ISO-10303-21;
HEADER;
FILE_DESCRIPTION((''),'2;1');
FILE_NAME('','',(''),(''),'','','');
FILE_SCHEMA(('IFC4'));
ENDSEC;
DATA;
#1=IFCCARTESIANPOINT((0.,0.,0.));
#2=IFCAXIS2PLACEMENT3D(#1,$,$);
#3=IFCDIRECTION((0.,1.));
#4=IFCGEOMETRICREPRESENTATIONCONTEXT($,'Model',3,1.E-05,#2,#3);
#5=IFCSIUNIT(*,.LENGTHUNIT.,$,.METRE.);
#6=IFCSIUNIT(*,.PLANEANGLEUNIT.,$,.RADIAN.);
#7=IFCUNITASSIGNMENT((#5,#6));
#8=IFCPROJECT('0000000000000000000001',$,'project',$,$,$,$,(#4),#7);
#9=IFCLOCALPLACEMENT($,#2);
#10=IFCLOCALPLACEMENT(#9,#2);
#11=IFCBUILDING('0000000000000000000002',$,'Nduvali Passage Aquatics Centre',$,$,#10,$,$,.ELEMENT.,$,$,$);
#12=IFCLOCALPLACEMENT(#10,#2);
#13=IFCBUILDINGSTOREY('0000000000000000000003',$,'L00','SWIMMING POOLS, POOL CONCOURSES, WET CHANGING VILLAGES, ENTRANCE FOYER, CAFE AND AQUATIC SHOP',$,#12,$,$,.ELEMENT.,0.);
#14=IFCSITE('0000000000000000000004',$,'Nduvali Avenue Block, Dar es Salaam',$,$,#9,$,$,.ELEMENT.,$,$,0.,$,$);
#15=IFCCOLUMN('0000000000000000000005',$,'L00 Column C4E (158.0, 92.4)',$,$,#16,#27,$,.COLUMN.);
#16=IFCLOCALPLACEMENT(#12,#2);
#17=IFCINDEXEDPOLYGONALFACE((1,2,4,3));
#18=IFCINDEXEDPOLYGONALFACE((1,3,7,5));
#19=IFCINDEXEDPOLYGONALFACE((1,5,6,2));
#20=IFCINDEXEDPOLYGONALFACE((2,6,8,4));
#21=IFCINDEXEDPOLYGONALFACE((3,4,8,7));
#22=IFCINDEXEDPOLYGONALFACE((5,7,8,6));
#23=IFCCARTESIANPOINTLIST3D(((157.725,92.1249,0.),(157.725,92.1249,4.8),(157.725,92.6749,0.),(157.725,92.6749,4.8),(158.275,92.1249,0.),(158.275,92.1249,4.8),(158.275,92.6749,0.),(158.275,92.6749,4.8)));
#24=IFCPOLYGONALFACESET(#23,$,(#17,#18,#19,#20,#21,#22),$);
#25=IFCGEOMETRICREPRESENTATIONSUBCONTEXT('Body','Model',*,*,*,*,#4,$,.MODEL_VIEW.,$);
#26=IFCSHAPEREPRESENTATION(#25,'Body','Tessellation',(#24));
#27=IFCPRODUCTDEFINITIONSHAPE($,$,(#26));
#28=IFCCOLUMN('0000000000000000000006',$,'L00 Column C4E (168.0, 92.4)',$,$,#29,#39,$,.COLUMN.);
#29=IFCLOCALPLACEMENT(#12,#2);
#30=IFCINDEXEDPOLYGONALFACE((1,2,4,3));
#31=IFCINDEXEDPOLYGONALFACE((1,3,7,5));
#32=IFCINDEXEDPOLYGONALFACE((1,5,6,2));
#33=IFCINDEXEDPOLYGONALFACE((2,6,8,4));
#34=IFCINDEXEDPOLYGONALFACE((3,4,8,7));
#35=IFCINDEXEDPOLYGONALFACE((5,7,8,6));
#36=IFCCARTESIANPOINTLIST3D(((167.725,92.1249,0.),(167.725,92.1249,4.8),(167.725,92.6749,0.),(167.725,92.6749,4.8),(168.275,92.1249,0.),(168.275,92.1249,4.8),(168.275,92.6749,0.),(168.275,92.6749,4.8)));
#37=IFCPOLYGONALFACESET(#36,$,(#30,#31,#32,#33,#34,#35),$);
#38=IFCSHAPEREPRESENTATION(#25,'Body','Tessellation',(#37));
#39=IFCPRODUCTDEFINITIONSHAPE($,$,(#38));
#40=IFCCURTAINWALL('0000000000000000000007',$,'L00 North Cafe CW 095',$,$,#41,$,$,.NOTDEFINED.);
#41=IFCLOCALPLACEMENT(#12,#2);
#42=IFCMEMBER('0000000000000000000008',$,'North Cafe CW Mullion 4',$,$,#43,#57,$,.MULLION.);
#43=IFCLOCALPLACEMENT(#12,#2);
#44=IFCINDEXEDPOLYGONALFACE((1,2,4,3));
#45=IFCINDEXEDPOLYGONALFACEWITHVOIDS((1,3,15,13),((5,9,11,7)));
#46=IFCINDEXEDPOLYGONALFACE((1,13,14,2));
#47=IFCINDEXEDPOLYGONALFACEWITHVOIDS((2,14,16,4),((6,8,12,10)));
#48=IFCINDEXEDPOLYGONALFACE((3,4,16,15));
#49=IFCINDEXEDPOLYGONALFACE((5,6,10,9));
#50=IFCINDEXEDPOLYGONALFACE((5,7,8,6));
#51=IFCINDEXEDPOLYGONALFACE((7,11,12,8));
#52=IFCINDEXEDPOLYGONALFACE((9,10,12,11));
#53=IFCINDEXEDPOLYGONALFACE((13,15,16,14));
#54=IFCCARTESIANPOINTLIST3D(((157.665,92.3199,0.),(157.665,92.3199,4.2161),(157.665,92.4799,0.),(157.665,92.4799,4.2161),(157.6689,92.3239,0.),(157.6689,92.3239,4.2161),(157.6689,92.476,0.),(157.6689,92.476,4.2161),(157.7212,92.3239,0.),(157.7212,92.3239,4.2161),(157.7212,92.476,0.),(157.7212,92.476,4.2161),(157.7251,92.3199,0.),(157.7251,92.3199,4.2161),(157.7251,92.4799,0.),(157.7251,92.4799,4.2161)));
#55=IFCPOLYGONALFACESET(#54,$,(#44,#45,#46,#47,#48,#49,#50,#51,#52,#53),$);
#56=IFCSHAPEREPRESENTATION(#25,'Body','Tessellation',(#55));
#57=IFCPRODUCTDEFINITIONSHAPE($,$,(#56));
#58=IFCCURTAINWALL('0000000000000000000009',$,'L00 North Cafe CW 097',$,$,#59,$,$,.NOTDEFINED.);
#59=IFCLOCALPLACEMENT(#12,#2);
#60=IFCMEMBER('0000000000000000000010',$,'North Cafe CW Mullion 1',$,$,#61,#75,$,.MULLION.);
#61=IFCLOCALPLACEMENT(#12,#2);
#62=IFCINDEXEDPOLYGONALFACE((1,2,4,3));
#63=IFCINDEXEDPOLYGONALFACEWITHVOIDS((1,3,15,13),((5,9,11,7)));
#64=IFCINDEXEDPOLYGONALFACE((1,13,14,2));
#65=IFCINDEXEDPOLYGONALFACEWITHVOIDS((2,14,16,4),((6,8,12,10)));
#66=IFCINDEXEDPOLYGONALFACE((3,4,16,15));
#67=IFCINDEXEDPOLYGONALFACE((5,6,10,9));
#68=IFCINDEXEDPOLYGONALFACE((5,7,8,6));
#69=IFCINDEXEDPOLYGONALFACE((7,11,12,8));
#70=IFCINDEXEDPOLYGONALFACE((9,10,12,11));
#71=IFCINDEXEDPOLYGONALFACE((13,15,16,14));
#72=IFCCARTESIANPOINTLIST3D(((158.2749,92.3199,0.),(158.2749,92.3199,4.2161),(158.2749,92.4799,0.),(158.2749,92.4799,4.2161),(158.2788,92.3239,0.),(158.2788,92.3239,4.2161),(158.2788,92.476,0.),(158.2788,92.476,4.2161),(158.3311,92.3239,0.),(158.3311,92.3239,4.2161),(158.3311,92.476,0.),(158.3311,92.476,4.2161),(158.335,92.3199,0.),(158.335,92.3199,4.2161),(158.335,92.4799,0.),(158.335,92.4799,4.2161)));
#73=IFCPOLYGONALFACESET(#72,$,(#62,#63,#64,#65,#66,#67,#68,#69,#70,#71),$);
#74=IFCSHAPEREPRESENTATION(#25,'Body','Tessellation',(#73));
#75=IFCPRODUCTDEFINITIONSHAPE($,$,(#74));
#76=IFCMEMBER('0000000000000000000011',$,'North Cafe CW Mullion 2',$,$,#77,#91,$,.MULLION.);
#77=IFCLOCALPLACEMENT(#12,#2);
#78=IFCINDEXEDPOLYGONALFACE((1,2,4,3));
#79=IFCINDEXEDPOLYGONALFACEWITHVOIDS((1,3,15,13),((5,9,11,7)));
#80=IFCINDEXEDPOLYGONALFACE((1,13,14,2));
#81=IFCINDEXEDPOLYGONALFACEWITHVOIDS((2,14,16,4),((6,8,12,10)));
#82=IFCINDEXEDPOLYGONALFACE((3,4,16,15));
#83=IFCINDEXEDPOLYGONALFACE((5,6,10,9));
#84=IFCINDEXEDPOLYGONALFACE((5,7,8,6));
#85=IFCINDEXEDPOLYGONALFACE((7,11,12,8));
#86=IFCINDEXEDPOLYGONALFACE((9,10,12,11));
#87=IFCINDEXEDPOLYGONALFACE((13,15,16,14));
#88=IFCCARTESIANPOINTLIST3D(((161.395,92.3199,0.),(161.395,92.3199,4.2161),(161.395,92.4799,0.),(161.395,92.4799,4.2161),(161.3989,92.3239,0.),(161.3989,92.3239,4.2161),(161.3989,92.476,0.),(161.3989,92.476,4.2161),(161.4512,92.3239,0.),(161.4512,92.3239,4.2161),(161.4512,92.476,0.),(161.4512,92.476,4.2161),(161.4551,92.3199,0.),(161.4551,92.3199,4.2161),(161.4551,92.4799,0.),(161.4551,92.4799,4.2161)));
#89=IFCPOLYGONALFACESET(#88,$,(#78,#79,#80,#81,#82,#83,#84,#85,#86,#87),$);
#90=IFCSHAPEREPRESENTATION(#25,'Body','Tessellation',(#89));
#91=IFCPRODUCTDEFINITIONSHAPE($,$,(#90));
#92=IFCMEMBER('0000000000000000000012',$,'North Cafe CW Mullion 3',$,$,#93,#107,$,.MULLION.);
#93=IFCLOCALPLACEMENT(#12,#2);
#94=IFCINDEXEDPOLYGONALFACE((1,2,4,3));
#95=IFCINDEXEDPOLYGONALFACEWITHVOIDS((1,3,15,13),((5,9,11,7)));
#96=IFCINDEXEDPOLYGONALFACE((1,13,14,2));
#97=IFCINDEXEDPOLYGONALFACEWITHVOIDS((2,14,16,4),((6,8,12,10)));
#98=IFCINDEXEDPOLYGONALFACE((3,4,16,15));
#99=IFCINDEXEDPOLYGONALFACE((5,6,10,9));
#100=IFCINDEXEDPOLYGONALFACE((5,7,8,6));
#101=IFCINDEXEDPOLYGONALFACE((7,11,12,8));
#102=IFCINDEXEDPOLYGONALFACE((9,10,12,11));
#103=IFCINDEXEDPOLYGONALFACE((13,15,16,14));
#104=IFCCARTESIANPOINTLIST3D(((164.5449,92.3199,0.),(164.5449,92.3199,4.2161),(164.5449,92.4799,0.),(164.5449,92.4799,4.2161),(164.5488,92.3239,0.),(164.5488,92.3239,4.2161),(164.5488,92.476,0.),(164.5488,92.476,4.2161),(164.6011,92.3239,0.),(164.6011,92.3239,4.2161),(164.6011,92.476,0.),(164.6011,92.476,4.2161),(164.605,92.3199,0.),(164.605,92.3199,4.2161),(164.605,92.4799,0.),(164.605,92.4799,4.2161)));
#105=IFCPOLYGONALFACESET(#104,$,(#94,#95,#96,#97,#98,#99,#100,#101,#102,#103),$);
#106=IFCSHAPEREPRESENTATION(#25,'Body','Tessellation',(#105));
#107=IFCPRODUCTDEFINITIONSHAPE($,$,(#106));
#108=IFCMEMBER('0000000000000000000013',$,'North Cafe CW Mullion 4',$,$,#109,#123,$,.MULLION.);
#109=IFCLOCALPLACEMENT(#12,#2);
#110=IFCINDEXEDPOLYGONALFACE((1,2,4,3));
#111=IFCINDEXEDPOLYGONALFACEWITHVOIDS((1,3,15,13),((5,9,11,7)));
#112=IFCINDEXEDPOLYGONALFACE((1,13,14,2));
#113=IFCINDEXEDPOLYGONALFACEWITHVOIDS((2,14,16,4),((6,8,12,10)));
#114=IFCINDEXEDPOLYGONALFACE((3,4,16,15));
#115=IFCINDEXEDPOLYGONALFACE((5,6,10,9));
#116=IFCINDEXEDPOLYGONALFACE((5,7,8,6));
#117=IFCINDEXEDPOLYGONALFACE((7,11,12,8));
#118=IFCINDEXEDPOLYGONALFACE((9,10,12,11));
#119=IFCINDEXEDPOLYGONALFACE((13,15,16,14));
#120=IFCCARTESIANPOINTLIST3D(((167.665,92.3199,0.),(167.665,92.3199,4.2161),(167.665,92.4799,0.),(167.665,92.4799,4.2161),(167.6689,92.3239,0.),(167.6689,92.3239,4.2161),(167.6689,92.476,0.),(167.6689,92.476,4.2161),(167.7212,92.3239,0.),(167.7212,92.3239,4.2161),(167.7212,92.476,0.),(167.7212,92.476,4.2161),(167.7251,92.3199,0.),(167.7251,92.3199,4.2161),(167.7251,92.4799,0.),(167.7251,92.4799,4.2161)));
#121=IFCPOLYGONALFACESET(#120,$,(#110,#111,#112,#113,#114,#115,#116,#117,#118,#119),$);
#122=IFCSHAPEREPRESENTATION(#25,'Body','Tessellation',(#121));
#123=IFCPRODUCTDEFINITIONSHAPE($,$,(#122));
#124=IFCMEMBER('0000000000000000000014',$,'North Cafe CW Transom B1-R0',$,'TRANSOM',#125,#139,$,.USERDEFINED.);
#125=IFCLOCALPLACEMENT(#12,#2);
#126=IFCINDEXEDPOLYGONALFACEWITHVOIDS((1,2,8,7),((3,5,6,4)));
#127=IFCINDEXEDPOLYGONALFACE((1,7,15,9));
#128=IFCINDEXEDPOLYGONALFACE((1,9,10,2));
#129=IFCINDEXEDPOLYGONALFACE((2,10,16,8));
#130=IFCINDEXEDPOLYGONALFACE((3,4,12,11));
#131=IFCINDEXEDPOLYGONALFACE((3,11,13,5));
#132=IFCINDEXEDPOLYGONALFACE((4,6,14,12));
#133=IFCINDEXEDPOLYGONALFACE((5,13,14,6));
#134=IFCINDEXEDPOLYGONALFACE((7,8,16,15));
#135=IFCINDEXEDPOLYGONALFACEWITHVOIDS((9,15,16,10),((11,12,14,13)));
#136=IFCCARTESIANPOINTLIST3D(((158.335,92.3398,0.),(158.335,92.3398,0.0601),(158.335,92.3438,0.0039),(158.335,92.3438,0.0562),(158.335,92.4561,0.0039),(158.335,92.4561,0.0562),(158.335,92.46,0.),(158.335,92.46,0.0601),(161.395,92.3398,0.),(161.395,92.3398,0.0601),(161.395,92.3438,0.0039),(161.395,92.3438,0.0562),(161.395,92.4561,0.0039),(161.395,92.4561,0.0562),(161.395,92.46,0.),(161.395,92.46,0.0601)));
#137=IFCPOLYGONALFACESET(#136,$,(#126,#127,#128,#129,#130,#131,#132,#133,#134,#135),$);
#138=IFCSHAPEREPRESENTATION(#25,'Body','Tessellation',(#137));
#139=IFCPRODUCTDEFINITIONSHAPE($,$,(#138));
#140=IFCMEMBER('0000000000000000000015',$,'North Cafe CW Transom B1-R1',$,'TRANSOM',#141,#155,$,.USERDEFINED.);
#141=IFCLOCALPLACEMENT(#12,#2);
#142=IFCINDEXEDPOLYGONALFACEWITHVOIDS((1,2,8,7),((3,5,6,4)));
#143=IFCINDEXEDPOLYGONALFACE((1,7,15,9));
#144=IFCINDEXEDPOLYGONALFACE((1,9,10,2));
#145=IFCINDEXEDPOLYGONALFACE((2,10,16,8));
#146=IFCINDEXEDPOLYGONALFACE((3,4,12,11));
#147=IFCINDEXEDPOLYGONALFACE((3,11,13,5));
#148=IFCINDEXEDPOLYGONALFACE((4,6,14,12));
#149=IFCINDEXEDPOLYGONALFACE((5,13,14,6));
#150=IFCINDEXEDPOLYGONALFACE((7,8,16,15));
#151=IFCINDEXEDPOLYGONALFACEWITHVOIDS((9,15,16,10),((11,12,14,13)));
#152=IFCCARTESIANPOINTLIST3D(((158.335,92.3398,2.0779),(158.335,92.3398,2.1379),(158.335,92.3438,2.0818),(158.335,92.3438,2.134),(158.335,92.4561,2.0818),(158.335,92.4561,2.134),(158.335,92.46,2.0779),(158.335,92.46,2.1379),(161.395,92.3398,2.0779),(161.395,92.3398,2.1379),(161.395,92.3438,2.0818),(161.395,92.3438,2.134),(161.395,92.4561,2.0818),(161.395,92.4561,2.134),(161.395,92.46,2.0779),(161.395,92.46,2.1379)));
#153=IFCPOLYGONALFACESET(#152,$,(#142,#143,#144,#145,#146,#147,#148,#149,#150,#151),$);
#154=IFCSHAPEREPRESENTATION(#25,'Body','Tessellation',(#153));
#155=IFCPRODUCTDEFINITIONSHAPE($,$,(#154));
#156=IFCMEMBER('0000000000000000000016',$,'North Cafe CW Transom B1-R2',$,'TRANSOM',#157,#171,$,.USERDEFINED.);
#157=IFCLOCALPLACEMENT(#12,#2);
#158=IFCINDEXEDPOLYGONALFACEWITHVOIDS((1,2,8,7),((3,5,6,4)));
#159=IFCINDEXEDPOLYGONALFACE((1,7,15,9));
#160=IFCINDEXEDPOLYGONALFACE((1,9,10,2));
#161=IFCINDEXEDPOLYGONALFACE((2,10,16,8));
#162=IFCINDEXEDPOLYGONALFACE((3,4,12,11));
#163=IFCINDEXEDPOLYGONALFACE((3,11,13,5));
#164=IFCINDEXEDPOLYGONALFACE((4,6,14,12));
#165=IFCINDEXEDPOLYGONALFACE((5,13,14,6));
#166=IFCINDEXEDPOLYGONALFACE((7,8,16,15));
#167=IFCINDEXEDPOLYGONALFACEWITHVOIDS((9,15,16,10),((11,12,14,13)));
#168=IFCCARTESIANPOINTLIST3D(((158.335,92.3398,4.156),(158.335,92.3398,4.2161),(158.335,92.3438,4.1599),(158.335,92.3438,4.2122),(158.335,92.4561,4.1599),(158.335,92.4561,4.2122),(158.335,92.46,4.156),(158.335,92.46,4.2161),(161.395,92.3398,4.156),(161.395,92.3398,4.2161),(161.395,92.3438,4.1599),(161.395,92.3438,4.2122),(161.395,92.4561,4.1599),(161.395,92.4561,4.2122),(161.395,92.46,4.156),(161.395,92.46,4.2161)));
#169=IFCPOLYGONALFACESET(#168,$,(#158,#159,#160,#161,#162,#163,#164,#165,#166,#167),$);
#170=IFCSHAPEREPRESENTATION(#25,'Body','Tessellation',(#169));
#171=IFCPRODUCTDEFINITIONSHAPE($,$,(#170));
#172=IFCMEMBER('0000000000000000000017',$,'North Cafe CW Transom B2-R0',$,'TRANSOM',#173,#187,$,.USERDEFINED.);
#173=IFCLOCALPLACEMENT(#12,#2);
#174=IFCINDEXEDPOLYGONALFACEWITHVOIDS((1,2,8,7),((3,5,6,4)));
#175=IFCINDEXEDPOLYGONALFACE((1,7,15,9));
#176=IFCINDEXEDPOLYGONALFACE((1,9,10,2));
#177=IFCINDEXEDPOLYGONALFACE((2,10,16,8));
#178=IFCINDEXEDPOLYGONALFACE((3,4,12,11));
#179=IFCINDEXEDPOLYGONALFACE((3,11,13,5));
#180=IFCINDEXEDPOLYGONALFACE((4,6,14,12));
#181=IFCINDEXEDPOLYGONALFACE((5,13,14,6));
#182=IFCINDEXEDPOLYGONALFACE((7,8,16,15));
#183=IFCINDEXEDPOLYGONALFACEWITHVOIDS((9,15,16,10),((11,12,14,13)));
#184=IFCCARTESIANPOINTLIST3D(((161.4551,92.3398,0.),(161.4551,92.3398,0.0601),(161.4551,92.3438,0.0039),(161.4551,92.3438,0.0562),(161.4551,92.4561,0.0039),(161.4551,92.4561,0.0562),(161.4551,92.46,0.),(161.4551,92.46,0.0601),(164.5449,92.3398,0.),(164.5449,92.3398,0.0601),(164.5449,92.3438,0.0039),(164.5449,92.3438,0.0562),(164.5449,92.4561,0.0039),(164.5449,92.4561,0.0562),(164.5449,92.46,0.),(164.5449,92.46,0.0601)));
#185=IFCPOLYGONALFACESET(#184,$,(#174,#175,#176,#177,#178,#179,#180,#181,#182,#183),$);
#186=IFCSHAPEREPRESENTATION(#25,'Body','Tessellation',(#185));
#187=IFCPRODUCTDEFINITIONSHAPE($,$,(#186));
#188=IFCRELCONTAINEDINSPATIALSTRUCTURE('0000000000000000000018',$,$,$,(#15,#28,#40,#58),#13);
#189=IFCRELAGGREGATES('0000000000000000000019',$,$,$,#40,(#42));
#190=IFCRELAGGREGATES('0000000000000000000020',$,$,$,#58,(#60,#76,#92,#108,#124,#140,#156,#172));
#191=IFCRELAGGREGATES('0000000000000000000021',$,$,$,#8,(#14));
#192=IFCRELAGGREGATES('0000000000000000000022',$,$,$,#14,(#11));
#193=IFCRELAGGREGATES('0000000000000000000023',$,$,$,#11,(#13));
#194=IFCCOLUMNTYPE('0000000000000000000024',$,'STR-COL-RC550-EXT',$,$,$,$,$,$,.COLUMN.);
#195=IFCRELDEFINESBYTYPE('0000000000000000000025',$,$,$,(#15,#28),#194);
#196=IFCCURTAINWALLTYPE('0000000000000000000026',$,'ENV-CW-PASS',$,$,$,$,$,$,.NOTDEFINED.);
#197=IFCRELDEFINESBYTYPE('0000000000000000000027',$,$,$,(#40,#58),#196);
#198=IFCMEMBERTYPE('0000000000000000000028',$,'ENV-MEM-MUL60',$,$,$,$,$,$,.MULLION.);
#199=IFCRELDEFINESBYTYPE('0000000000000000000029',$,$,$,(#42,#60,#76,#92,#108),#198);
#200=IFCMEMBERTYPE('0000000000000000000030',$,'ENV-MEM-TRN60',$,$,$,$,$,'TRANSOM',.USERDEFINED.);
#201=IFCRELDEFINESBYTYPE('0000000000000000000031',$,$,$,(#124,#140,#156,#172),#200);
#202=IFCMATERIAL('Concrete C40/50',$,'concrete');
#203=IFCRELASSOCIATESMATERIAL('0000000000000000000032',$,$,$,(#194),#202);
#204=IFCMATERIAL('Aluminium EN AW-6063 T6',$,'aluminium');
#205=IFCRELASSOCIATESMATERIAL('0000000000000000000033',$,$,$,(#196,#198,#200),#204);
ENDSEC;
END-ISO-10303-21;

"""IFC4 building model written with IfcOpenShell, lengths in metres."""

from ifc_helpers import new_model, si_unit, direction, frame, origin, origin_2d, place, context, subcontext, project, spatial, rectangle, hollow_rectangle, extrude, material, material_profile, profile_set, type_object, element, aggregate, save


model = new_model("IFC4")

# Units and contexts
model_context = context("Model", 3, precision=1e-05, world=origin(), true_north=direction((0.0, 1.0)))
body_context = subcontext(model_context, "Body", "Model", "MODEL_VIEW")
ifc_project = project(units=[si_unit("LENGTHUNIT", "METRE"), si_unit("PLANEANGLEUNIT", "RADIAN")], contexts=[model_context])

# Site, building, storey
site_placement = place(None, origin())
site = spatial("IfcSite", under=ifc_project, at=site_placement, Name="Nduvali Avenue Block, Dar es Salaam", CompositionType="ELEMENT", RefElevation=0.0)
building_placement = place(site_placement, origin())
building = spatial("IfcBuilding", under=site, at=building_placement, Name="Nduvali Passage Aquatics Centre", CompositionType="ELEMENT")
storey_placement = place(building_placement, origin())
storey = spatial("IfcBuildingStorey", under=building, at=storey_placement, Name="L00", Description="SWIMMING POOLS, POOL CONCOURSES, WET CHANGING VILLAGES, ENTRANCE FOYER, CAFE AND AQUATIC SHOP", CompositionType="ELEMENT", Elevation=0.0)

# Columns
ifc_material_1 = material(Name="Concrete C40/50", Category="concrete")
ifc_material_profile_1 = material_profile(ifc_material_1, rectangle(XDim=0.55, YDim=0.55, at=origin_2d()), Name="RC 550x550")
ifc_profile_set_1 = profile_set([ifc_material_profile_1], Name="Concrete C40/50")
column_type = type_object("IfcColumnType", Name="STR-COL-RC550-EXT", PredefinedType="COLUMN", material=ifc_profile_set_1)
for number, where, z_axis, x_axis, name in (
    (1, (158.0, 92.3999, 0.0), (0.0, 0.0, 1.0), (1.0, 0.0, 0.0), "L00 Column C4E (158.0, 92.4)"),
    (2, (168.0, 92.3999, 0.0), (0.0, 0.0, 1.0), (1.0, 0.0, 0.0), "L00 Column C4E (168.0, 92.4)"),
):
    element("IfcColumn", number, at=place(storey_placement, frame(where, z_axis=z_axis, x_axis=x_axis)), inside=storey, type_object=column_type, Name=name, PredefinedType="COLUMN", context=body_context, shape_type="SweptSolid", body=[
        extrude(rectangle(XDim=0.55, YDim=0.55, at=origin_2d()), origin(), (0.0, 0.0, 1.0), 4.8),
    ])

# Curtain wall, member
ifc_material_2 = material(Name="Aluminium EN AW-6063 T6", Category="aluminium")
curtain_wall_type = type_object("IfcCurtainWallType", Name="ENV-CW-PASS", PredefinedType="NOTDEFINED", material=ifc_material_2)
curtain_wall_1_placement = place(storey_placement, origin())
curtain_wall_1 = element("IfcCurtainWall", 3, at=curtain_wall_1_placement, inside=storey, type_object=curtain_wall_type, Name="L00 North Cafe CW 095", PredefinedType="NOTDEFINED")
ifc_material_profile_2 = material_profile(ifc_material_2, hollow_rectangle(XDim=0.0601, YDim=0.1599, WallThickness=0.0039, at=origin_2d()), Name="ALU MULLION 60x160x4")
ifc_profile_set_2 = profile_set([ifc_material_profile_2], Name="Aluminium EN AW-6063 T6")
member_type_1 = type_object("IfcMemberType", Name="ENV-MEM-MUL60", PredefinedType="MULLION", material=ifc_profile_set_2)
member_1_placement = place(storey_placement, frame((157.6951, 92.3999, 0.0), z_axis=(0.0, 0.0, 1.0), x_axis=(1.0, 0.0, 0.0)))
member_1 = element("IfcMember", 4, at=member_1_placement, type_object=member_type_1, Name="North Cafe CW Mullion 4", PredefinedType="MULLION", context=body_context, shape_type="SweptSolid", body=[
    extrude(hollow_rectangle(XDim=0.0601, YDim=0.1599, WallThickness=0.0039, at=origin_2d()), origin(), (0.0, 0.0, 1.0), 4.2161),
])

# Curtain wall, members
curtain_wall_2_placement = place(storey_placement, origin())
curtain_wall_2 = element("IfcCurtainWall", 5, at=curtain_wall_2_placement, inside=storey, type_object=curtain_wall_type, Name="L00 North Cafe CW 097", PredefinedType="NOTDEFINED")
member_2_placement = place(storey_placement, frame((158.3049, 92.3999, 0.0), z_axis=(0.0, 0.0, 1.0), x_axis=(1.0, 0.0, 0.0)))
member_2 = element("IfcMember", 6, at=member_2_placement, type_object=member_type_1, Name="North Cafe CW Mullion 1", PredefinedType="MULLION", context=body_context, shape_type="SweptSolid", body=[
    extrude(hollow_rectangle(XDim=0.0601, YDim=0.1599, WallThickness=0.0039, at=origin_2d()), origin(), (0.0, 0.0, 1.0), 4.2161),
])
member_3_placement = place(storey_placement, frame((161.425, 92.3999, 0.0), z_axis=(0.0, 0.0, 1.0), x_axis=(1.0, 0.0, 0.0)))
member_3 = element("IfcMember", 7, at=member_3_placement, type_object=member_type_1, Name="North Cafe CW Mullion 2", PredefinedType="MULLION", context=body_context, shape_type="SweptSolid", body=[
    extrude(hollow_rectangle(XDim=0.0601, YDim=0.1599, WallThickness=0.0039, at=origin_2d()), origin(), (0.0, 0.0, 1.0), 4.2161),
])
member_4_placement = place(storey_placement, frame((164.575, 92.3999, 0.0), z_axis=(0.0, 0.0, 1.0), x_axis=(1.0, 0.0, 0.0)))
member_4 = element("IfcMember", 8, at=member_4_placement, type_object=member_type_1, Name="North Cafe CW Mullion 3", PredefinedType="MULLION", context=body_context, shape_type="SweptSolid", body=[
    extrude(hollow_rectangle(XDim=0.0601, YDim=0.1599, WallThickness=0.0039, at=origin_2d()), origin(), (0.0, 0.0, 1.0), 4.2161),
])
member_5_placement = place(storey_placement, frame((167.6951, 92.3999, 0.0), z_axis=(0.0, 0.0, 1.0), x_axis=(1.0, 0.0, 0.0)))
member_5 = element("IfcMember", 9, at=member_5_placement, type_object=member_type_1, Name="North Cafe CW Mullion 4", PredefinedType="MULLION", context=body_context, shape_type="SweptSolid", body=[
    extrude(hollow_rectangle(XDim=0.0601, YDim=0.1599, WallThickness=0.0039, at=origin_2d()), origin(), (0.0, 0.0, 1.0), 4.2161),
])
ifc_material_profile_3 = material_profile(ifc_material_2, hollow_rectangle(XDim=0.1201, YDim=0.0601, WallThickness=0.0039, at=origin_2d()), Name="ALU TRANSOM 120x60x4")
ifc_profile_set_3 = profile_set([ifc_material_profile_3], Name="Aluminium EN AW-6063 T6")
member_type_2 = type_object("IfcMemberType", Name="ENV-MEM-TRN60", ElementType="TRANSOM", PredefinedType="USERDEFINED", material=ifc_profile_set_3)
member_6_placement = place(storey_placement, frame((158.335, 92.3999, 0.03), z_axis=(1.0, 0.0, 0.0), x_axis=(0.0, 1.0, 0.0)))
member_6 = element("IfcMember", 10, at=member_6_placement, type_object=member_type_2, Name="North Cafe CW Transom B1-R0", ObjectType="TRANSOM", PredefinedType="USERDEFINED", context=body_context, shape_type="SweptSolid", body=[
    extrude(hollow_rectangle(XDim=0.1201, YDim=0.0601, WallThickness=0.0039, at=origin_2d()), origin(), (0.0, 0.0, 1.0), 3.0601),
])
member_7_placement = place(storey_placement, frame((158.335, 92.3999, 2.1079), z_axis=(1.0, 0.0, 0.0), x_axis=(0.0, 1.0, 0.0)))
member_7 = element("IfcMember", 11, at=member_7_placement, type_object=member_type_2, Name="North Cafe CW Transom B1-R1", ObjectType="TRANSOM", PredefinedType="USERDEFINED", context=body_context, shape_type="SweptSolid", body=[
    extrude(hollow_rectangle(XDim=0.1201, YDim=0.0601, WallThickness=0.0039, at=origin_2d()), origin(), (0.0, 0.0, 1.0), 3.0601),
])
member_8_placement = place(storey_placement, frame((158.335, 92.3999, 4.186), z_axis=(1.0, 0.0, 0.0), x_axis=(0.0, 1.0, 0.0)))
member_8 = element("IfcMember", 12, at=member_8_placement, type_object=member_type_2, Name="North Cafe CW Transom B1-R2", ObjectType="TRANSOM", PredefinedType="USERDEFINED", context=body_context, shape_type="SweptSolid", body=[
    extrude(hollow_rectangle(XDim=0.1201, YDim=0.0601, WallThickness=0.0039, at=origin_2d()), origin(), (0.0, 0.0, 1.0), 3.0601),
])
member_9_placement = place(storey_placement, frame((161.4551, 92.3999, 0.03), z_axis=(1.0, 0.0, 0.0), x_axis=(0.0, 1.0, 0.0)))
member_9 = element("IfcMember", 13, at=member_9_placement, type_object=member_type_2, Name="North Cafe CW Transom B2-R0", ObjectType="TRANSOM", PredefinedType="USERDEFINED", context=body_context, shape_type="SweptSolid", body=[
    extrude(hollow_rectangle(XDim=0.1201, YDim=0.0601, WallThickness=0.0039, at=origin_2d()), origin(), (0.0, 0.0, 1.0), 3.0898),
])

aggregate(curtain_wall_1, [member_1])
aggregate(curtain_wall_2, [member_2, member_3, member_4, member_5, member_6, member_7, member_8, member_9])

save(model, "model.ifc")
